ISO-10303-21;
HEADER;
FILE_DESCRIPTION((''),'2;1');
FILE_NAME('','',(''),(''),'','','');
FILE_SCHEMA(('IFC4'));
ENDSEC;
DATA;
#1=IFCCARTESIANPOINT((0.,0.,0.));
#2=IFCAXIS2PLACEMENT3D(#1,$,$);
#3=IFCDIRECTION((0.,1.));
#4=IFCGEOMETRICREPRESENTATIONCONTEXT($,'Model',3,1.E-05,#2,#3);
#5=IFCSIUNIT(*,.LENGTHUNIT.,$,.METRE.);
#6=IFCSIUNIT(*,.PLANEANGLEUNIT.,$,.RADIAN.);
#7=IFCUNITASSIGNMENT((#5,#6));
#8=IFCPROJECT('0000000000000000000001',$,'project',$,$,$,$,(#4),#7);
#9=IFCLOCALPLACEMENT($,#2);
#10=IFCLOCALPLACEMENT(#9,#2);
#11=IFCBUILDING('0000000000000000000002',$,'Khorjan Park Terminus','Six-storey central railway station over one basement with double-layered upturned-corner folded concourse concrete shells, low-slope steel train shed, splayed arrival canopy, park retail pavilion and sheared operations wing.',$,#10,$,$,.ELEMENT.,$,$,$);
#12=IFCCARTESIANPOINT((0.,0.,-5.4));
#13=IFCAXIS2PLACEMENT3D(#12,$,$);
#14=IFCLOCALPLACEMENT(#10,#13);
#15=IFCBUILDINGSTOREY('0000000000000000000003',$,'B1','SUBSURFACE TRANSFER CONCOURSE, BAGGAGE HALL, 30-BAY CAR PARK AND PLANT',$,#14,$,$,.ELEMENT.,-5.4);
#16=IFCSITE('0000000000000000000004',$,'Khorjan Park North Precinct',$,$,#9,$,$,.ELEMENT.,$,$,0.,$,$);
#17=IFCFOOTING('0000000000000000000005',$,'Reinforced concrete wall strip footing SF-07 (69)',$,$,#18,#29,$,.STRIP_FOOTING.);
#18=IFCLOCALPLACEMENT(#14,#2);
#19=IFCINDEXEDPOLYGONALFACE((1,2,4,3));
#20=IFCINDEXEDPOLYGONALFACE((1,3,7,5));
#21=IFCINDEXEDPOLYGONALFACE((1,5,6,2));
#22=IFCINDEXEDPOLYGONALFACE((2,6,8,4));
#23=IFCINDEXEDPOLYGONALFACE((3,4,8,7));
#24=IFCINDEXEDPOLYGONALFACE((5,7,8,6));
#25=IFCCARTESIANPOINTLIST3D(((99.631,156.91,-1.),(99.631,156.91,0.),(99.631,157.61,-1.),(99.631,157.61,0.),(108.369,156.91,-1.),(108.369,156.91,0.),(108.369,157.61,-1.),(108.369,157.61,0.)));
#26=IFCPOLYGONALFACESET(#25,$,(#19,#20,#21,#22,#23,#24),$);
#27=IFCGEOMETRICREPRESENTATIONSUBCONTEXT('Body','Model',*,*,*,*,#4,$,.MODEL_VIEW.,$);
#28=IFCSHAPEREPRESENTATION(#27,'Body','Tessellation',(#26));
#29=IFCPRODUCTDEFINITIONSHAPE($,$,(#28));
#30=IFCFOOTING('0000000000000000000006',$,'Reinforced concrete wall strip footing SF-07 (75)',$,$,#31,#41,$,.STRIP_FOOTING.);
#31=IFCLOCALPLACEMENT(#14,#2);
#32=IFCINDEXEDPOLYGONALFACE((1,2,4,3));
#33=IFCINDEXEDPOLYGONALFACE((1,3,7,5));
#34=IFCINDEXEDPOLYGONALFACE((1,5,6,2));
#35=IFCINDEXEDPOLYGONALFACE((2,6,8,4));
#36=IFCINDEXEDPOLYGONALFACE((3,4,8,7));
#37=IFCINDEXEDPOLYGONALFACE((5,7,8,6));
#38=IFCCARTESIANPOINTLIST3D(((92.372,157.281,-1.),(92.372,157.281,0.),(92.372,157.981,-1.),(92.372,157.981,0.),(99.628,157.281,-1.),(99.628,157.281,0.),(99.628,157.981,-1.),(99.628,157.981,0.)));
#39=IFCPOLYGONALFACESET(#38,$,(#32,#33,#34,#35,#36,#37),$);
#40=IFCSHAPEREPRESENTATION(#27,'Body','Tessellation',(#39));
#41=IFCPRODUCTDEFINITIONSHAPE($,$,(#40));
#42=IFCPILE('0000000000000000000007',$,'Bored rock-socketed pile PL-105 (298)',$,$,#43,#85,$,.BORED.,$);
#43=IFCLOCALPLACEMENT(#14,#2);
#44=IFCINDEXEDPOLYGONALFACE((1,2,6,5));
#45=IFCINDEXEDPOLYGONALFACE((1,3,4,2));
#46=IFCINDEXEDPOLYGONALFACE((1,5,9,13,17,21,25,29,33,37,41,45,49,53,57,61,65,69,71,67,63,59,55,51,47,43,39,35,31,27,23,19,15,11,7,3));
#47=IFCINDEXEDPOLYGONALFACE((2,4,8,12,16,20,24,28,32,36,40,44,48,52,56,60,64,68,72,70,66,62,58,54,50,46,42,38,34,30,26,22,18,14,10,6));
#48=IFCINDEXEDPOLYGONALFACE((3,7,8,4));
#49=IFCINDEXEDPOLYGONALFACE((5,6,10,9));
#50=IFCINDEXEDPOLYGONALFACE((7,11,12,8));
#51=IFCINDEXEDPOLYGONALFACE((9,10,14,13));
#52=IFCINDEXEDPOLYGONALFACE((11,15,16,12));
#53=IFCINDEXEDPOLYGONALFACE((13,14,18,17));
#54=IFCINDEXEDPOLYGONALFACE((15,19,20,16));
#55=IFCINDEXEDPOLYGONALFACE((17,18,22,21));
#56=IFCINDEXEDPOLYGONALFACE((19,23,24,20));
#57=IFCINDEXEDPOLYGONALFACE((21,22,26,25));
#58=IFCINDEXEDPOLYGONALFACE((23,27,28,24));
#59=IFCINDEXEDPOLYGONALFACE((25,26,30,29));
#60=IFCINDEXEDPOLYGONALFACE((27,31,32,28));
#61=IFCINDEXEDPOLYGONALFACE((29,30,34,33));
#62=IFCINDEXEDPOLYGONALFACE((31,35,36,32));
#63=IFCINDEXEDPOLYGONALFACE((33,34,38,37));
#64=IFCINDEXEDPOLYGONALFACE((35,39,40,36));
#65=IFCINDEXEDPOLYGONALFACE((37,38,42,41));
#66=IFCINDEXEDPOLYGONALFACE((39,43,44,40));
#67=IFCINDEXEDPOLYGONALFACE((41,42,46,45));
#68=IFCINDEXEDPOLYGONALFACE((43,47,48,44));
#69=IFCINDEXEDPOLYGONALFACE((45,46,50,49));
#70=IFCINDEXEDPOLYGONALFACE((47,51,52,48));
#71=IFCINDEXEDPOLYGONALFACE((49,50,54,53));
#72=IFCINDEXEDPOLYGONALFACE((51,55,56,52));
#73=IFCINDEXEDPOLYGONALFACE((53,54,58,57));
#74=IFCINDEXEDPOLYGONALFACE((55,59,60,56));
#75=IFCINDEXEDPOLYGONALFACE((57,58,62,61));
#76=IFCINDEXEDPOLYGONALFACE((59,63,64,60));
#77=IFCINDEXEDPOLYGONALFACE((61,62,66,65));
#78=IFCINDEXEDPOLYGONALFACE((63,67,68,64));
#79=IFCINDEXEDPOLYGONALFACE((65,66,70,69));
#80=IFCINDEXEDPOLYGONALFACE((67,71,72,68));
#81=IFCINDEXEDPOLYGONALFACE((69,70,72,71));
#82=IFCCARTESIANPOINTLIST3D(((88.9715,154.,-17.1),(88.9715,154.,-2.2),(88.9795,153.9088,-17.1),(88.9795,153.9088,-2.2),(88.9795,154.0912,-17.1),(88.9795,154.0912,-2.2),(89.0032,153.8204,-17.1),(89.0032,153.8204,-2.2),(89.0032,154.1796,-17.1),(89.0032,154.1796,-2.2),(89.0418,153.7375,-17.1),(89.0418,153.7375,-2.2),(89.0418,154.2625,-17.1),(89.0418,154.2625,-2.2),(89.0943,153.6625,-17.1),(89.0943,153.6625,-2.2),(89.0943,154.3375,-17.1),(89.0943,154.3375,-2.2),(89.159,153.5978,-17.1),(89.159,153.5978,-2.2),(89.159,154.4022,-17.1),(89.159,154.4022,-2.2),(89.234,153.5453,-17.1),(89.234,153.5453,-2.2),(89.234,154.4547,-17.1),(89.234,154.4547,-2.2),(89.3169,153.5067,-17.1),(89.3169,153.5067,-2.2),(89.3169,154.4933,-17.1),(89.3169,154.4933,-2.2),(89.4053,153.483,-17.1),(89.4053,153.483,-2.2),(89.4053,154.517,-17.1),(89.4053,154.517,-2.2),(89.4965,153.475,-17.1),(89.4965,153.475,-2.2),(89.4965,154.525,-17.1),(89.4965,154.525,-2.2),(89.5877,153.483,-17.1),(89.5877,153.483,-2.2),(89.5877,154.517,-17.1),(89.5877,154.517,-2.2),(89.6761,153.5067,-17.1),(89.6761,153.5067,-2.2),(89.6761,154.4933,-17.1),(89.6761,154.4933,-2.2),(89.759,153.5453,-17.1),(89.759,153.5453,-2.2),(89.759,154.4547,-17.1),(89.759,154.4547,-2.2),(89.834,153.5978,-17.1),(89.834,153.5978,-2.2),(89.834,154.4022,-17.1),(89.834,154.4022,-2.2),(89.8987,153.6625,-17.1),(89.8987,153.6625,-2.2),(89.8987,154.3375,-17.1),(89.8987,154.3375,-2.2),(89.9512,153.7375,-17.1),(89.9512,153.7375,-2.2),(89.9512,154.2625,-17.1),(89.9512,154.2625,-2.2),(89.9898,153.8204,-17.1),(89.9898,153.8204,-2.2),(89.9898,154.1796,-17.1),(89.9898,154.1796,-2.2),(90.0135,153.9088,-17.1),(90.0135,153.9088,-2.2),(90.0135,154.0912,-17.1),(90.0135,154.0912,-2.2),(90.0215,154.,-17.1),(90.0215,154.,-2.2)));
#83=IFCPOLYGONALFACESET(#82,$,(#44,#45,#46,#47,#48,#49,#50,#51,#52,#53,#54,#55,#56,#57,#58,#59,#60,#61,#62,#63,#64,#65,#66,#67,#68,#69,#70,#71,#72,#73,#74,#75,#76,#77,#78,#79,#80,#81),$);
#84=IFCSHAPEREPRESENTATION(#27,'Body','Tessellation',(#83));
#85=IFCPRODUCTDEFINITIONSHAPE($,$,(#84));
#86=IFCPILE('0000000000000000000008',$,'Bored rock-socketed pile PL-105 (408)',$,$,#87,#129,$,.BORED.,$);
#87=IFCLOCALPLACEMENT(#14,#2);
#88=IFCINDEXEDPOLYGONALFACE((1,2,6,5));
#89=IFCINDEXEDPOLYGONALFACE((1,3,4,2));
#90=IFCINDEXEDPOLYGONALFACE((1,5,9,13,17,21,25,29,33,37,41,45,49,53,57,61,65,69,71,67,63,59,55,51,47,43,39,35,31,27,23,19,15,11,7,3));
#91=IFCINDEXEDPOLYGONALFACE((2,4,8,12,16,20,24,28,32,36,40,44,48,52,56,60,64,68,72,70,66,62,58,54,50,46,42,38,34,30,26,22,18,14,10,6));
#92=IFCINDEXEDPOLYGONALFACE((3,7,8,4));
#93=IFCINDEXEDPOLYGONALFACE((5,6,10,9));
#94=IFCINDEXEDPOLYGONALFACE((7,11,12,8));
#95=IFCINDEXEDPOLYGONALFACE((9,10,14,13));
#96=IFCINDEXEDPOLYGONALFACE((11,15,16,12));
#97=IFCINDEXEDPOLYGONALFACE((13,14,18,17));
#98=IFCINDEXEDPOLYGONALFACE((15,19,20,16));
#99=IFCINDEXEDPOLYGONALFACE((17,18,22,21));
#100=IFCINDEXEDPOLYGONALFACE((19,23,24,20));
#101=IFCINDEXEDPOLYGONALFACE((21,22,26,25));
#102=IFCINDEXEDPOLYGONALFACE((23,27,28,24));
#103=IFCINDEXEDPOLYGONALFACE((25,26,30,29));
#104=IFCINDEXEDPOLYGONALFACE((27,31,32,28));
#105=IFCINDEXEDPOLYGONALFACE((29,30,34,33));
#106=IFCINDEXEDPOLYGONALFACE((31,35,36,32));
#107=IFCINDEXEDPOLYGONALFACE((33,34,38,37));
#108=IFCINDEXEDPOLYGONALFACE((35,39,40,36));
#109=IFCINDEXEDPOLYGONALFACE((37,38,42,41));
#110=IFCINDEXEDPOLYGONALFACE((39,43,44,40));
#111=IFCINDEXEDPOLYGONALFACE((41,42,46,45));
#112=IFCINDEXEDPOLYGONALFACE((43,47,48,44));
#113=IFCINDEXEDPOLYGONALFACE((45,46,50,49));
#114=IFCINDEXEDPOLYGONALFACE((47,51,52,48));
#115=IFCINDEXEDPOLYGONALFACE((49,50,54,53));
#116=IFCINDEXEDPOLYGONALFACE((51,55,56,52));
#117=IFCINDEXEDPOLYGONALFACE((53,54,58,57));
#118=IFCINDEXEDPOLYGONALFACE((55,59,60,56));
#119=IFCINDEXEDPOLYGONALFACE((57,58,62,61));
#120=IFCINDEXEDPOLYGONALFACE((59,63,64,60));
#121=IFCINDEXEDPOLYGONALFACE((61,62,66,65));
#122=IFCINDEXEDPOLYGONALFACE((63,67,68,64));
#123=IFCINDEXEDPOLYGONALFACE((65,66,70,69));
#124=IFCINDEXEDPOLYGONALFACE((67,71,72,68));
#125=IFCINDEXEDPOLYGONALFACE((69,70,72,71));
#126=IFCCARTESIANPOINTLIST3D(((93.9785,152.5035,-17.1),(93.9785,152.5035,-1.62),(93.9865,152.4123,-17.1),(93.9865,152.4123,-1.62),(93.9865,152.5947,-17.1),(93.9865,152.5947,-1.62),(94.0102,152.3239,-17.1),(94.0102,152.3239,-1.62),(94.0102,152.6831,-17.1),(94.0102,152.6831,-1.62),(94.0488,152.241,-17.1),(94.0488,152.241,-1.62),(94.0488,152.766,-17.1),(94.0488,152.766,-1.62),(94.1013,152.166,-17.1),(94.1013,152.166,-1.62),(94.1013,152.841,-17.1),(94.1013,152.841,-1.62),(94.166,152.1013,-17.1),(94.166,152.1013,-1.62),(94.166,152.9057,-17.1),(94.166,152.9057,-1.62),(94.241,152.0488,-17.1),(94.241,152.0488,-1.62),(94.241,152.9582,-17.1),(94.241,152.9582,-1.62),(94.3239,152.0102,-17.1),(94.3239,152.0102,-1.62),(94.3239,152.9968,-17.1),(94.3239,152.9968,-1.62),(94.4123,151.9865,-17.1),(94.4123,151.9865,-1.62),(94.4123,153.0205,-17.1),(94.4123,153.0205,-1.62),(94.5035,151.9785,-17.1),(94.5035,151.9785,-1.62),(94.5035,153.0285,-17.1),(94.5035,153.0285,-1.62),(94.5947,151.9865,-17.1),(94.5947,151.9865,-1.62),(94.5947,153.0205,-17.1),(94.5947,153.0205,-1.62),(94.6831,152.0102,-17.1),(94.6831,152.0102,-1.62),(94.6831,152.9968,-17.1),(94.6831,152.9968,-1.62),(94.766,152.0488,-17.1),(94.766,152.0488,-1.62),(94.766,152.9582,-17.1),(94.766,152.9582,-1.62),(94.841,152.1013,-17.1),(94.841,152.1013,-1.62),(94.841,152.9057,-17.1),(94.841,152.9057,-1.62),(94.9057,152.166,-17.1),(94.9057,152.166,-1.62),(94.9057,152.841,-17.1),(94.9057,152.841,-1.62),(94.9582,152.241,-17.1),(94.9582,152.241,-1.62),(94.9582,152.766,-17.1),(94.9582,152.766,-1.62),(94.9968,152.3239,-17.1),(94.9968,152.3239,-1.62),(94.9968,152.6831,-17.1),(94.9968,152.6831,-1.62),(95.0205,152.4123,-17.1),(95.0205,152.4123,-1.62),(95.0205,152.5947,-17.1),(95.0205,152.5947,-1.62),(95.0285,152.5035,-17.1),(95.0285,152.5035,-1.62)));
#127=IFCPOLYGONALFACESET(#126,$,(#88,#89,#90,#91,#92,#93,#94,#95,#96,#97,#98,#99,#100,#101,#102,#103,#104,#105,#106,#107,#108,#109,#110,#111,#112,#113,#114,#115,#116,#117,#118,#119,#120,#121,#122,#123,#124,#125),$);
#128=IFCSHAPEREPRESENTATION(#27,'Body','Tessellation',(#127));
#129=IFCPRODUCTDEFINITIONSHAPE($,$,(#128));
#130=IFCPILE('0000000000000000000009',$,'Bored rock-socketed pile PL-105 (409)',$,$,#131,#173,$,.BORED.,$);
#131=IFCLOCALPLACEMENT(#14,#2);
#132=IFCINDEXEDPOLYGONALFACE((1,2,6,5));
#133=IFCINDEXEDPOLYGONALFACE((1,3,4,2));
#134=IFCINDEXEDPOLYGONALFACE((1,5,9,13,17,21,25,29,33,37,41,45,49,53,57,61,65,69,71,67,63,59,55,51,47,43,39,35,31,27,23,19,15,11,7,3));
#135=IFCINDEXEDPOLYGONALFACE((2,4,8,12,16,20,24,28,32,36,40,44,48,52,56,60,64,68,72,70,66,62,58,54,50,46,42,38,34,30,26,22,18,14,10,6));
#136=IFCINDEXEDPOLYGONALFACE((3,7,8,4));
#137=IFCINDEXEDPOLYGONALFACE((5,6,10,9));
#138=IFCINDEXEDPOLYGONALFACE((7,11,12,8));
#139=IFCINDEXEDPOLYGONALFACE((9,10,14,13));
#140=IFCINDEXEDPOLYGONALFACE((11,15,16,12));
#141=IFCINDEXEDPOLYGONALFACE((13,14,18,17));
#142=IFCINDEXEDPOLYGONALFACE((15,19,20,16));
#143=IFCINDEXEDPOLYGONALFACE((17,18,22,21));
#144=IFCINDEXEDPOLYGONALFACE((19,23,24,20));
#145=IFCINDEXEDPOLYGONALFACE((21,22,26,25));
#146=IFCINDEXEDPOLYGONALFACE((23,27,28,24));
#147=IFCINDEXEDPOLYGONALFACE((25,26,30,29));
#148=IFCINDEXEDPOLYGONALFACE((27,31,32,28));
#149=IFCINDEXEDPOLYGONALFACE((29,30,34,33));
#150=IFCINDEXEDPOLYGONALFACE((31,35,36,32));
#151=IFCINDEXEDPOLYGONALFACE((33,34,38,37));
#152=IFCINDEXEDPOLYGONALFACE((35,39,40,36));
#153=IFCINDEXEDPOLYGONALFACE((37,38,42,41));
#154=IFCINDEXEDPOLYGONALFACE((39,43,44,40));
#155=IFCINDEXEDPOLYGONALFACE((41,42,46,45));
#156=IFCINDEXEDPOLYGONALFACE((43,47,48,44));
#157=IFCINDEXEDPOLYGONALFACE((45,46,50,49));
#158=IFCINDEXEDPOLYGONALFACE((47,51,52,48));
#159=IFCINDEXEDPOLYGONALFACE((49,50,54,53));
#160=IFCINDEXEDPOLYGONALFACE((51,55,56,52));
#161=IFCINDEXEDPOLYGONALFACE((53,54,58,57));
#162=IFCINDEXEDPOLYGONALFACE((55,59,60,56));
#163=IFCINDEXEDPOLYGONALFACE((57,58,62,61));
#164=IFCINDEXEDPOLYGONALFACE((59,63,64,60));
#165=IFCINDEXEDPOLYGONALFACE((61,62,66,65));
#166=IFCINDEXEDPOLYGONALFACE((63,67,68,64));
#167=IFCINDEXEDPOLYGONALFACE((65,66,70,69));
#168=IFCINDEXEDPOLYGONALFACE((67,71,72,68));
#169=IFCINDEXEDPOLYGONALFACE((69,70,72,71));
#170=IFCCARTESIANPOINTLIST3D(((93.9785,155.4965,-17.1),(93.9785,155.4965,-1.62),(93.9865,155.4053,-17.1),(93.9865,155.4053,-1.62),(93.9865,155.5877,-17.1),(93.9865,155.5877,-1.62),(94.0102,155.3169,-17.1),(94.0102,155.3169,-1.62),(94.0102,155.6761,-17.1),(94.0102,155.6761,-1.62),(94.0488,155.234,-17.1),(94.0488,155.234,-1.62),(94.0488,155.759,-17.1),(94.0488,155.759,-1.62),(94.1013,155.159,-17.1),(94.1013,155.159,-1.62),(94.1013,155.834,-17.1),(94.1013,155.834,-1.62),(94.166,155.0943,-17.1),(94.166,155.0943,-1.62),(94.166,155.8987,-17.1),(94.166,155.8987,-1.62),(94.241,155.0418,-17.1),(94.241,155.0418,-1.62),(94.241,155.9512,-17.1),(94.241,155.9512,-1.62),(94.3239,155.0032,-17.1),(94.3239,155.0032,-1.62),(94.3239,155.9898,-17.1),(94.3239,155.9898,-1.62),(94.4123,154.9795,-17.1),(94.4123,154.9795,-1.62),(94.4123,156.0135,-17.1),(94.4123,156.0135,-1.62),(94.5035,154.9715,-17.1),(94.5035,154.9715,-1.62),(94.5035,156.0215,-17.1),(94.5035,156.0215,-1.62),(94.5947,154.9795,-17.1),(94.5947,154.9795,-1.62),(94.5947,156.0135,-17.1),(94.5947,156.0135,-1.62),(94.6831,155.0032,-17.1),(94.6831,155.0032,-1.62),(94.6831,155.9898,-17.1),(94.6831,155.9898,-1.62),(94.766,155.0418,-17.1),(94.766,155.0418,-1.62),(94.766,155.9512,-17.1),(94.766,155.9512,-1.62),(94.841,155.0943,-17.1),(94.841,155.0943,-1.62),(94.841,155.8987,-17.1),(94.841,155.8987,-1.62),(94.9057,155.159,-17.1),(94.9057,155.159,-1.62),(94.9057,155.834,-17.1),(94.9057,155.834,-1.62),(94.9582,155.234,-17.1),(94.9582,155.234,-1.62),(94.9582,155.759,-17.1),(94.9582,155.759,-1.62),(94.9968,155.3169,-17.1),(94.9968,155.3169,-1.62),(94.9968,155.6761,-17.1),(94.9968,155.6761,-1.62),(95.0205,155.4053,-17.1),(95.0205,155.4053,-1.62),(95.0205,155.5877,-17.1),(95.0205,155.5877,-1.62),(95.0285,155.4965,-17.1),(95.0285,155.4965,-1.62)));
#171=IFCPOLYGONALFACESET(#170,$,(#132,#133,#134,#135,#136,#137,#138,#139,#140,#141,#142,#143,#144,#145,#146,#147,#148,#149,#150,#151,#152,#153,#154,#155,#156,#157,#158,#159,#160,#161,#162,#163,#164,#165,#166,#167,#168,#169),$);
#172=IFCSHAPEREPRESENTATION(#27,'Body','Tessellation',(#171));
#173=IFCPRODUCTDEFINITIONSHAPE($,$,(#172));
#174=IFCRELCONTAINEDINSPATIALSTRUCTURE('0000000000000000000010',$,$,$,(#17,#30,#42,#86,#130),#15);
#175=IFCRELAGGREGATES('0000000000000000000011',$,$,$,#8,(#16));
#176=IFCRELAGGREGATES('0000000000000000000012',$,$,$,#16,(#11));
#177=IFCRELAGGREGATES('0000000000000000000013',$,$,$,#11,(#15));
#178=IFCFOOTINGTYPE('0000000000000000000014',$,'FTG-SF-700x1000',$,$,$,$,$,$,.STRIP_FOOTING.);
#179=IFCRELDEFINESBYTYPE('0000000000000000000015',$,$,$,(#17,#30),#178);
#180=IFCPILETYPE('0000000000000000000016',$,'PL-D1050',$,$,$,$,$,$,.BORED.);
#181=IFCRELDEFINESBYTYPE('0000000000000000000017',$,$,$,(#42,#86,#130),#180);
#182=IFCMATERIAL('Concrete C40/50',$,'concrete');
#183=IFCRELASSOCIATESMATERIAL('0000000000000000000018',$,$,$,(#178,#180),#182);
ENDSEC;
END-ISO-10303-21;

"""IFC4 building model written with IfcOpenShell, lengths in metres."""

from ifc_helpers import new_model, si_unit, direction, frame, origin, origin_2d, place, context, subcontext, project, spatial, rectangle, circle, extrude, material, material_profile, profile_set, type_object, element, save


model = new_model("IFC4")

# Units and contexts
model_context = context("Model", 3, precision=1e-05, world=origin(), true_north=direction((0.0, 1.0)))
body_context = subcontext(model_context, "Body", "Model", "MODEL_VIEW")
ifc_project = project(units=[si_unit("LENGTHUNIT", "METRE"), si_unit("PLANEANGLEUNIT", "RADIAN")], contexts=[model_context])

# Site, building, storey
site_placement = place(None, origin())
site = spatial("IfcSite", under=ifc_project, at=site_placement, Name="Khorjan Park North Precinct", CompositionType="ELEMENT", RefElevation=0.0)
building_placement = place(site_placement, origin())
building = spatial("IfcBuilding", under=site, at=building_placement, Name="Khorjan Park Terminus", Description="Six-storey central railway station over one basement with double-layered upturned-corner folded concourse concrete shells, low-slope steel train shed, splayed arrival canopy, park retail pavilion and sheared operations wing.", CompositionType="ELEMENT")
storey_placement = place(building_placement, frame((0.0, 0.0, -5.4)))
storey = spatial("IfcBuildingStorey", under=building, at=storey_placement, Name="B1", Description="SUBSURFACE TRANSFER CONCOURSE, BAGGAGE HALL, 30-BAY CAR PARK AND PLANT", CompositionType="ELEMENT", Elevation=-5.4)

# Footings
ifc_material_1 = material(Name="Concrete C40/50", Category="concrete")
ifc_material_profile_1 = material_profile(ifc_material_1, rectangle(XDim=0.7, YDim=1.0, at=origin_2d()), Name="RC 700x1000")
ifc_profile_set_1 = profile_set([ifc_material_profile_1], Name="Concrete C40/50")
footing_type_1 = type_object("IfcFootingType", Name="FTG-SF-700x1000", PredefinedType="STRIP_FOOTING", material=ifc_profile_set_1)
footing_1_placement = place(storey_placement, frame((99.631, 157.26, -0.5), z_axis=(1.0, 0.0, 0.0), x_axis=(0.0, 1.0, 0.0)))
element("IfcFooting", 1, at=footing_1_placement, inside=storey, type_object=footing_type_1, Name="Reinforced concrete wall strip footing SF-07 (69)", PredefinedType="STRIP_FOOTING", context=body_context, shape_type="SweptSolid", body=[
    extrude(rectangle(XDim=0.7, YDim=1.0, at=origin_2d()), origin(), (0.0, 0.0, 1.0), 8.738),
])
footing_2_placement = place(storey_placement, frame((92.372, 157.631, -0.5), z_axis=(1.0, 0.0, 0.0), x_axis=(0.0, 1.0, 0.0)))
element("IfcFooting", 2, at=footing_2_placement, inside=storey, type_object=footing_type_1, Name="Reinforced concrete wall strip footing SF-07 (75)", PredefinedType="STRIP_FOOTING", context=body_context, shape_type="SweptSolid", body=[
    extrude(rectangle(XDim=0.7, YDim=1.0, at=origin_2d()), origin(), (0.0, 0.0, 1.0), 7.256),
])

# Piles
ifc_material_profile_2 = material_profile(ifc_material_1, circle(Radius=0.525, at=origin_2d()), Name="BORED D1050")
ifc_profile_set_2 = profile_set([ifc_material_profile_2], Name="Concrete C40/50")
pile_type_1 = type_object("IfcPileType", Name="PL-D1050", PredefinedType="BORED", material=ifc_profile_set_2)
pile_1_placement = place(storey_placement, frame((89.4965, 154.0, -2.2), z_axis=(0.0, 0.0, -1.0), x_axis=(1.0, 0.0, 0.0)))
element("IfcPile", 3, at=pile_1_placement, inside=storey, type_object=pile_type_1, Name="Bored rock-socketed pile PL-105 (298)", PredefinedType="BORED", context=body_context, shape_type="SweptSolid", body=[
    extrude(circle(Radius=0.525, at=origin_2d()), origin(), (0.0, 0.0, 1.0), 14.9),
])
for number, where, z_axis, x_axis, name in (
    (4, (94.5035, 152.5035, -1.62), (0.0, 0.0, -1.0), (1.0, 0.0, 0.0), "Bored rock-socketed pile PL-105 (408)"),
    (5, (94.5035, 155.4965, -1.62), (0.0, 0.0, -1.0), (1.0, 0.0, 0.0), "Bored rock-socketed pile PL-105 (409)"),
):
    element("IfcPile", number, at=place(storey_placement, frame(where, z_axis=z_axis, x_axis=x_axis)), inside=storey, type_object=pile_type_1, Name=name, PredefinedType="BORED", context=body_context, shape_type="SweptSolid", body=[
        extrude(circle(Radius=0.525, at=origin_2d()), origin(), (0.0, 0.0, 1.0), 15.48),
    ])

save(model, "model.ifc")
